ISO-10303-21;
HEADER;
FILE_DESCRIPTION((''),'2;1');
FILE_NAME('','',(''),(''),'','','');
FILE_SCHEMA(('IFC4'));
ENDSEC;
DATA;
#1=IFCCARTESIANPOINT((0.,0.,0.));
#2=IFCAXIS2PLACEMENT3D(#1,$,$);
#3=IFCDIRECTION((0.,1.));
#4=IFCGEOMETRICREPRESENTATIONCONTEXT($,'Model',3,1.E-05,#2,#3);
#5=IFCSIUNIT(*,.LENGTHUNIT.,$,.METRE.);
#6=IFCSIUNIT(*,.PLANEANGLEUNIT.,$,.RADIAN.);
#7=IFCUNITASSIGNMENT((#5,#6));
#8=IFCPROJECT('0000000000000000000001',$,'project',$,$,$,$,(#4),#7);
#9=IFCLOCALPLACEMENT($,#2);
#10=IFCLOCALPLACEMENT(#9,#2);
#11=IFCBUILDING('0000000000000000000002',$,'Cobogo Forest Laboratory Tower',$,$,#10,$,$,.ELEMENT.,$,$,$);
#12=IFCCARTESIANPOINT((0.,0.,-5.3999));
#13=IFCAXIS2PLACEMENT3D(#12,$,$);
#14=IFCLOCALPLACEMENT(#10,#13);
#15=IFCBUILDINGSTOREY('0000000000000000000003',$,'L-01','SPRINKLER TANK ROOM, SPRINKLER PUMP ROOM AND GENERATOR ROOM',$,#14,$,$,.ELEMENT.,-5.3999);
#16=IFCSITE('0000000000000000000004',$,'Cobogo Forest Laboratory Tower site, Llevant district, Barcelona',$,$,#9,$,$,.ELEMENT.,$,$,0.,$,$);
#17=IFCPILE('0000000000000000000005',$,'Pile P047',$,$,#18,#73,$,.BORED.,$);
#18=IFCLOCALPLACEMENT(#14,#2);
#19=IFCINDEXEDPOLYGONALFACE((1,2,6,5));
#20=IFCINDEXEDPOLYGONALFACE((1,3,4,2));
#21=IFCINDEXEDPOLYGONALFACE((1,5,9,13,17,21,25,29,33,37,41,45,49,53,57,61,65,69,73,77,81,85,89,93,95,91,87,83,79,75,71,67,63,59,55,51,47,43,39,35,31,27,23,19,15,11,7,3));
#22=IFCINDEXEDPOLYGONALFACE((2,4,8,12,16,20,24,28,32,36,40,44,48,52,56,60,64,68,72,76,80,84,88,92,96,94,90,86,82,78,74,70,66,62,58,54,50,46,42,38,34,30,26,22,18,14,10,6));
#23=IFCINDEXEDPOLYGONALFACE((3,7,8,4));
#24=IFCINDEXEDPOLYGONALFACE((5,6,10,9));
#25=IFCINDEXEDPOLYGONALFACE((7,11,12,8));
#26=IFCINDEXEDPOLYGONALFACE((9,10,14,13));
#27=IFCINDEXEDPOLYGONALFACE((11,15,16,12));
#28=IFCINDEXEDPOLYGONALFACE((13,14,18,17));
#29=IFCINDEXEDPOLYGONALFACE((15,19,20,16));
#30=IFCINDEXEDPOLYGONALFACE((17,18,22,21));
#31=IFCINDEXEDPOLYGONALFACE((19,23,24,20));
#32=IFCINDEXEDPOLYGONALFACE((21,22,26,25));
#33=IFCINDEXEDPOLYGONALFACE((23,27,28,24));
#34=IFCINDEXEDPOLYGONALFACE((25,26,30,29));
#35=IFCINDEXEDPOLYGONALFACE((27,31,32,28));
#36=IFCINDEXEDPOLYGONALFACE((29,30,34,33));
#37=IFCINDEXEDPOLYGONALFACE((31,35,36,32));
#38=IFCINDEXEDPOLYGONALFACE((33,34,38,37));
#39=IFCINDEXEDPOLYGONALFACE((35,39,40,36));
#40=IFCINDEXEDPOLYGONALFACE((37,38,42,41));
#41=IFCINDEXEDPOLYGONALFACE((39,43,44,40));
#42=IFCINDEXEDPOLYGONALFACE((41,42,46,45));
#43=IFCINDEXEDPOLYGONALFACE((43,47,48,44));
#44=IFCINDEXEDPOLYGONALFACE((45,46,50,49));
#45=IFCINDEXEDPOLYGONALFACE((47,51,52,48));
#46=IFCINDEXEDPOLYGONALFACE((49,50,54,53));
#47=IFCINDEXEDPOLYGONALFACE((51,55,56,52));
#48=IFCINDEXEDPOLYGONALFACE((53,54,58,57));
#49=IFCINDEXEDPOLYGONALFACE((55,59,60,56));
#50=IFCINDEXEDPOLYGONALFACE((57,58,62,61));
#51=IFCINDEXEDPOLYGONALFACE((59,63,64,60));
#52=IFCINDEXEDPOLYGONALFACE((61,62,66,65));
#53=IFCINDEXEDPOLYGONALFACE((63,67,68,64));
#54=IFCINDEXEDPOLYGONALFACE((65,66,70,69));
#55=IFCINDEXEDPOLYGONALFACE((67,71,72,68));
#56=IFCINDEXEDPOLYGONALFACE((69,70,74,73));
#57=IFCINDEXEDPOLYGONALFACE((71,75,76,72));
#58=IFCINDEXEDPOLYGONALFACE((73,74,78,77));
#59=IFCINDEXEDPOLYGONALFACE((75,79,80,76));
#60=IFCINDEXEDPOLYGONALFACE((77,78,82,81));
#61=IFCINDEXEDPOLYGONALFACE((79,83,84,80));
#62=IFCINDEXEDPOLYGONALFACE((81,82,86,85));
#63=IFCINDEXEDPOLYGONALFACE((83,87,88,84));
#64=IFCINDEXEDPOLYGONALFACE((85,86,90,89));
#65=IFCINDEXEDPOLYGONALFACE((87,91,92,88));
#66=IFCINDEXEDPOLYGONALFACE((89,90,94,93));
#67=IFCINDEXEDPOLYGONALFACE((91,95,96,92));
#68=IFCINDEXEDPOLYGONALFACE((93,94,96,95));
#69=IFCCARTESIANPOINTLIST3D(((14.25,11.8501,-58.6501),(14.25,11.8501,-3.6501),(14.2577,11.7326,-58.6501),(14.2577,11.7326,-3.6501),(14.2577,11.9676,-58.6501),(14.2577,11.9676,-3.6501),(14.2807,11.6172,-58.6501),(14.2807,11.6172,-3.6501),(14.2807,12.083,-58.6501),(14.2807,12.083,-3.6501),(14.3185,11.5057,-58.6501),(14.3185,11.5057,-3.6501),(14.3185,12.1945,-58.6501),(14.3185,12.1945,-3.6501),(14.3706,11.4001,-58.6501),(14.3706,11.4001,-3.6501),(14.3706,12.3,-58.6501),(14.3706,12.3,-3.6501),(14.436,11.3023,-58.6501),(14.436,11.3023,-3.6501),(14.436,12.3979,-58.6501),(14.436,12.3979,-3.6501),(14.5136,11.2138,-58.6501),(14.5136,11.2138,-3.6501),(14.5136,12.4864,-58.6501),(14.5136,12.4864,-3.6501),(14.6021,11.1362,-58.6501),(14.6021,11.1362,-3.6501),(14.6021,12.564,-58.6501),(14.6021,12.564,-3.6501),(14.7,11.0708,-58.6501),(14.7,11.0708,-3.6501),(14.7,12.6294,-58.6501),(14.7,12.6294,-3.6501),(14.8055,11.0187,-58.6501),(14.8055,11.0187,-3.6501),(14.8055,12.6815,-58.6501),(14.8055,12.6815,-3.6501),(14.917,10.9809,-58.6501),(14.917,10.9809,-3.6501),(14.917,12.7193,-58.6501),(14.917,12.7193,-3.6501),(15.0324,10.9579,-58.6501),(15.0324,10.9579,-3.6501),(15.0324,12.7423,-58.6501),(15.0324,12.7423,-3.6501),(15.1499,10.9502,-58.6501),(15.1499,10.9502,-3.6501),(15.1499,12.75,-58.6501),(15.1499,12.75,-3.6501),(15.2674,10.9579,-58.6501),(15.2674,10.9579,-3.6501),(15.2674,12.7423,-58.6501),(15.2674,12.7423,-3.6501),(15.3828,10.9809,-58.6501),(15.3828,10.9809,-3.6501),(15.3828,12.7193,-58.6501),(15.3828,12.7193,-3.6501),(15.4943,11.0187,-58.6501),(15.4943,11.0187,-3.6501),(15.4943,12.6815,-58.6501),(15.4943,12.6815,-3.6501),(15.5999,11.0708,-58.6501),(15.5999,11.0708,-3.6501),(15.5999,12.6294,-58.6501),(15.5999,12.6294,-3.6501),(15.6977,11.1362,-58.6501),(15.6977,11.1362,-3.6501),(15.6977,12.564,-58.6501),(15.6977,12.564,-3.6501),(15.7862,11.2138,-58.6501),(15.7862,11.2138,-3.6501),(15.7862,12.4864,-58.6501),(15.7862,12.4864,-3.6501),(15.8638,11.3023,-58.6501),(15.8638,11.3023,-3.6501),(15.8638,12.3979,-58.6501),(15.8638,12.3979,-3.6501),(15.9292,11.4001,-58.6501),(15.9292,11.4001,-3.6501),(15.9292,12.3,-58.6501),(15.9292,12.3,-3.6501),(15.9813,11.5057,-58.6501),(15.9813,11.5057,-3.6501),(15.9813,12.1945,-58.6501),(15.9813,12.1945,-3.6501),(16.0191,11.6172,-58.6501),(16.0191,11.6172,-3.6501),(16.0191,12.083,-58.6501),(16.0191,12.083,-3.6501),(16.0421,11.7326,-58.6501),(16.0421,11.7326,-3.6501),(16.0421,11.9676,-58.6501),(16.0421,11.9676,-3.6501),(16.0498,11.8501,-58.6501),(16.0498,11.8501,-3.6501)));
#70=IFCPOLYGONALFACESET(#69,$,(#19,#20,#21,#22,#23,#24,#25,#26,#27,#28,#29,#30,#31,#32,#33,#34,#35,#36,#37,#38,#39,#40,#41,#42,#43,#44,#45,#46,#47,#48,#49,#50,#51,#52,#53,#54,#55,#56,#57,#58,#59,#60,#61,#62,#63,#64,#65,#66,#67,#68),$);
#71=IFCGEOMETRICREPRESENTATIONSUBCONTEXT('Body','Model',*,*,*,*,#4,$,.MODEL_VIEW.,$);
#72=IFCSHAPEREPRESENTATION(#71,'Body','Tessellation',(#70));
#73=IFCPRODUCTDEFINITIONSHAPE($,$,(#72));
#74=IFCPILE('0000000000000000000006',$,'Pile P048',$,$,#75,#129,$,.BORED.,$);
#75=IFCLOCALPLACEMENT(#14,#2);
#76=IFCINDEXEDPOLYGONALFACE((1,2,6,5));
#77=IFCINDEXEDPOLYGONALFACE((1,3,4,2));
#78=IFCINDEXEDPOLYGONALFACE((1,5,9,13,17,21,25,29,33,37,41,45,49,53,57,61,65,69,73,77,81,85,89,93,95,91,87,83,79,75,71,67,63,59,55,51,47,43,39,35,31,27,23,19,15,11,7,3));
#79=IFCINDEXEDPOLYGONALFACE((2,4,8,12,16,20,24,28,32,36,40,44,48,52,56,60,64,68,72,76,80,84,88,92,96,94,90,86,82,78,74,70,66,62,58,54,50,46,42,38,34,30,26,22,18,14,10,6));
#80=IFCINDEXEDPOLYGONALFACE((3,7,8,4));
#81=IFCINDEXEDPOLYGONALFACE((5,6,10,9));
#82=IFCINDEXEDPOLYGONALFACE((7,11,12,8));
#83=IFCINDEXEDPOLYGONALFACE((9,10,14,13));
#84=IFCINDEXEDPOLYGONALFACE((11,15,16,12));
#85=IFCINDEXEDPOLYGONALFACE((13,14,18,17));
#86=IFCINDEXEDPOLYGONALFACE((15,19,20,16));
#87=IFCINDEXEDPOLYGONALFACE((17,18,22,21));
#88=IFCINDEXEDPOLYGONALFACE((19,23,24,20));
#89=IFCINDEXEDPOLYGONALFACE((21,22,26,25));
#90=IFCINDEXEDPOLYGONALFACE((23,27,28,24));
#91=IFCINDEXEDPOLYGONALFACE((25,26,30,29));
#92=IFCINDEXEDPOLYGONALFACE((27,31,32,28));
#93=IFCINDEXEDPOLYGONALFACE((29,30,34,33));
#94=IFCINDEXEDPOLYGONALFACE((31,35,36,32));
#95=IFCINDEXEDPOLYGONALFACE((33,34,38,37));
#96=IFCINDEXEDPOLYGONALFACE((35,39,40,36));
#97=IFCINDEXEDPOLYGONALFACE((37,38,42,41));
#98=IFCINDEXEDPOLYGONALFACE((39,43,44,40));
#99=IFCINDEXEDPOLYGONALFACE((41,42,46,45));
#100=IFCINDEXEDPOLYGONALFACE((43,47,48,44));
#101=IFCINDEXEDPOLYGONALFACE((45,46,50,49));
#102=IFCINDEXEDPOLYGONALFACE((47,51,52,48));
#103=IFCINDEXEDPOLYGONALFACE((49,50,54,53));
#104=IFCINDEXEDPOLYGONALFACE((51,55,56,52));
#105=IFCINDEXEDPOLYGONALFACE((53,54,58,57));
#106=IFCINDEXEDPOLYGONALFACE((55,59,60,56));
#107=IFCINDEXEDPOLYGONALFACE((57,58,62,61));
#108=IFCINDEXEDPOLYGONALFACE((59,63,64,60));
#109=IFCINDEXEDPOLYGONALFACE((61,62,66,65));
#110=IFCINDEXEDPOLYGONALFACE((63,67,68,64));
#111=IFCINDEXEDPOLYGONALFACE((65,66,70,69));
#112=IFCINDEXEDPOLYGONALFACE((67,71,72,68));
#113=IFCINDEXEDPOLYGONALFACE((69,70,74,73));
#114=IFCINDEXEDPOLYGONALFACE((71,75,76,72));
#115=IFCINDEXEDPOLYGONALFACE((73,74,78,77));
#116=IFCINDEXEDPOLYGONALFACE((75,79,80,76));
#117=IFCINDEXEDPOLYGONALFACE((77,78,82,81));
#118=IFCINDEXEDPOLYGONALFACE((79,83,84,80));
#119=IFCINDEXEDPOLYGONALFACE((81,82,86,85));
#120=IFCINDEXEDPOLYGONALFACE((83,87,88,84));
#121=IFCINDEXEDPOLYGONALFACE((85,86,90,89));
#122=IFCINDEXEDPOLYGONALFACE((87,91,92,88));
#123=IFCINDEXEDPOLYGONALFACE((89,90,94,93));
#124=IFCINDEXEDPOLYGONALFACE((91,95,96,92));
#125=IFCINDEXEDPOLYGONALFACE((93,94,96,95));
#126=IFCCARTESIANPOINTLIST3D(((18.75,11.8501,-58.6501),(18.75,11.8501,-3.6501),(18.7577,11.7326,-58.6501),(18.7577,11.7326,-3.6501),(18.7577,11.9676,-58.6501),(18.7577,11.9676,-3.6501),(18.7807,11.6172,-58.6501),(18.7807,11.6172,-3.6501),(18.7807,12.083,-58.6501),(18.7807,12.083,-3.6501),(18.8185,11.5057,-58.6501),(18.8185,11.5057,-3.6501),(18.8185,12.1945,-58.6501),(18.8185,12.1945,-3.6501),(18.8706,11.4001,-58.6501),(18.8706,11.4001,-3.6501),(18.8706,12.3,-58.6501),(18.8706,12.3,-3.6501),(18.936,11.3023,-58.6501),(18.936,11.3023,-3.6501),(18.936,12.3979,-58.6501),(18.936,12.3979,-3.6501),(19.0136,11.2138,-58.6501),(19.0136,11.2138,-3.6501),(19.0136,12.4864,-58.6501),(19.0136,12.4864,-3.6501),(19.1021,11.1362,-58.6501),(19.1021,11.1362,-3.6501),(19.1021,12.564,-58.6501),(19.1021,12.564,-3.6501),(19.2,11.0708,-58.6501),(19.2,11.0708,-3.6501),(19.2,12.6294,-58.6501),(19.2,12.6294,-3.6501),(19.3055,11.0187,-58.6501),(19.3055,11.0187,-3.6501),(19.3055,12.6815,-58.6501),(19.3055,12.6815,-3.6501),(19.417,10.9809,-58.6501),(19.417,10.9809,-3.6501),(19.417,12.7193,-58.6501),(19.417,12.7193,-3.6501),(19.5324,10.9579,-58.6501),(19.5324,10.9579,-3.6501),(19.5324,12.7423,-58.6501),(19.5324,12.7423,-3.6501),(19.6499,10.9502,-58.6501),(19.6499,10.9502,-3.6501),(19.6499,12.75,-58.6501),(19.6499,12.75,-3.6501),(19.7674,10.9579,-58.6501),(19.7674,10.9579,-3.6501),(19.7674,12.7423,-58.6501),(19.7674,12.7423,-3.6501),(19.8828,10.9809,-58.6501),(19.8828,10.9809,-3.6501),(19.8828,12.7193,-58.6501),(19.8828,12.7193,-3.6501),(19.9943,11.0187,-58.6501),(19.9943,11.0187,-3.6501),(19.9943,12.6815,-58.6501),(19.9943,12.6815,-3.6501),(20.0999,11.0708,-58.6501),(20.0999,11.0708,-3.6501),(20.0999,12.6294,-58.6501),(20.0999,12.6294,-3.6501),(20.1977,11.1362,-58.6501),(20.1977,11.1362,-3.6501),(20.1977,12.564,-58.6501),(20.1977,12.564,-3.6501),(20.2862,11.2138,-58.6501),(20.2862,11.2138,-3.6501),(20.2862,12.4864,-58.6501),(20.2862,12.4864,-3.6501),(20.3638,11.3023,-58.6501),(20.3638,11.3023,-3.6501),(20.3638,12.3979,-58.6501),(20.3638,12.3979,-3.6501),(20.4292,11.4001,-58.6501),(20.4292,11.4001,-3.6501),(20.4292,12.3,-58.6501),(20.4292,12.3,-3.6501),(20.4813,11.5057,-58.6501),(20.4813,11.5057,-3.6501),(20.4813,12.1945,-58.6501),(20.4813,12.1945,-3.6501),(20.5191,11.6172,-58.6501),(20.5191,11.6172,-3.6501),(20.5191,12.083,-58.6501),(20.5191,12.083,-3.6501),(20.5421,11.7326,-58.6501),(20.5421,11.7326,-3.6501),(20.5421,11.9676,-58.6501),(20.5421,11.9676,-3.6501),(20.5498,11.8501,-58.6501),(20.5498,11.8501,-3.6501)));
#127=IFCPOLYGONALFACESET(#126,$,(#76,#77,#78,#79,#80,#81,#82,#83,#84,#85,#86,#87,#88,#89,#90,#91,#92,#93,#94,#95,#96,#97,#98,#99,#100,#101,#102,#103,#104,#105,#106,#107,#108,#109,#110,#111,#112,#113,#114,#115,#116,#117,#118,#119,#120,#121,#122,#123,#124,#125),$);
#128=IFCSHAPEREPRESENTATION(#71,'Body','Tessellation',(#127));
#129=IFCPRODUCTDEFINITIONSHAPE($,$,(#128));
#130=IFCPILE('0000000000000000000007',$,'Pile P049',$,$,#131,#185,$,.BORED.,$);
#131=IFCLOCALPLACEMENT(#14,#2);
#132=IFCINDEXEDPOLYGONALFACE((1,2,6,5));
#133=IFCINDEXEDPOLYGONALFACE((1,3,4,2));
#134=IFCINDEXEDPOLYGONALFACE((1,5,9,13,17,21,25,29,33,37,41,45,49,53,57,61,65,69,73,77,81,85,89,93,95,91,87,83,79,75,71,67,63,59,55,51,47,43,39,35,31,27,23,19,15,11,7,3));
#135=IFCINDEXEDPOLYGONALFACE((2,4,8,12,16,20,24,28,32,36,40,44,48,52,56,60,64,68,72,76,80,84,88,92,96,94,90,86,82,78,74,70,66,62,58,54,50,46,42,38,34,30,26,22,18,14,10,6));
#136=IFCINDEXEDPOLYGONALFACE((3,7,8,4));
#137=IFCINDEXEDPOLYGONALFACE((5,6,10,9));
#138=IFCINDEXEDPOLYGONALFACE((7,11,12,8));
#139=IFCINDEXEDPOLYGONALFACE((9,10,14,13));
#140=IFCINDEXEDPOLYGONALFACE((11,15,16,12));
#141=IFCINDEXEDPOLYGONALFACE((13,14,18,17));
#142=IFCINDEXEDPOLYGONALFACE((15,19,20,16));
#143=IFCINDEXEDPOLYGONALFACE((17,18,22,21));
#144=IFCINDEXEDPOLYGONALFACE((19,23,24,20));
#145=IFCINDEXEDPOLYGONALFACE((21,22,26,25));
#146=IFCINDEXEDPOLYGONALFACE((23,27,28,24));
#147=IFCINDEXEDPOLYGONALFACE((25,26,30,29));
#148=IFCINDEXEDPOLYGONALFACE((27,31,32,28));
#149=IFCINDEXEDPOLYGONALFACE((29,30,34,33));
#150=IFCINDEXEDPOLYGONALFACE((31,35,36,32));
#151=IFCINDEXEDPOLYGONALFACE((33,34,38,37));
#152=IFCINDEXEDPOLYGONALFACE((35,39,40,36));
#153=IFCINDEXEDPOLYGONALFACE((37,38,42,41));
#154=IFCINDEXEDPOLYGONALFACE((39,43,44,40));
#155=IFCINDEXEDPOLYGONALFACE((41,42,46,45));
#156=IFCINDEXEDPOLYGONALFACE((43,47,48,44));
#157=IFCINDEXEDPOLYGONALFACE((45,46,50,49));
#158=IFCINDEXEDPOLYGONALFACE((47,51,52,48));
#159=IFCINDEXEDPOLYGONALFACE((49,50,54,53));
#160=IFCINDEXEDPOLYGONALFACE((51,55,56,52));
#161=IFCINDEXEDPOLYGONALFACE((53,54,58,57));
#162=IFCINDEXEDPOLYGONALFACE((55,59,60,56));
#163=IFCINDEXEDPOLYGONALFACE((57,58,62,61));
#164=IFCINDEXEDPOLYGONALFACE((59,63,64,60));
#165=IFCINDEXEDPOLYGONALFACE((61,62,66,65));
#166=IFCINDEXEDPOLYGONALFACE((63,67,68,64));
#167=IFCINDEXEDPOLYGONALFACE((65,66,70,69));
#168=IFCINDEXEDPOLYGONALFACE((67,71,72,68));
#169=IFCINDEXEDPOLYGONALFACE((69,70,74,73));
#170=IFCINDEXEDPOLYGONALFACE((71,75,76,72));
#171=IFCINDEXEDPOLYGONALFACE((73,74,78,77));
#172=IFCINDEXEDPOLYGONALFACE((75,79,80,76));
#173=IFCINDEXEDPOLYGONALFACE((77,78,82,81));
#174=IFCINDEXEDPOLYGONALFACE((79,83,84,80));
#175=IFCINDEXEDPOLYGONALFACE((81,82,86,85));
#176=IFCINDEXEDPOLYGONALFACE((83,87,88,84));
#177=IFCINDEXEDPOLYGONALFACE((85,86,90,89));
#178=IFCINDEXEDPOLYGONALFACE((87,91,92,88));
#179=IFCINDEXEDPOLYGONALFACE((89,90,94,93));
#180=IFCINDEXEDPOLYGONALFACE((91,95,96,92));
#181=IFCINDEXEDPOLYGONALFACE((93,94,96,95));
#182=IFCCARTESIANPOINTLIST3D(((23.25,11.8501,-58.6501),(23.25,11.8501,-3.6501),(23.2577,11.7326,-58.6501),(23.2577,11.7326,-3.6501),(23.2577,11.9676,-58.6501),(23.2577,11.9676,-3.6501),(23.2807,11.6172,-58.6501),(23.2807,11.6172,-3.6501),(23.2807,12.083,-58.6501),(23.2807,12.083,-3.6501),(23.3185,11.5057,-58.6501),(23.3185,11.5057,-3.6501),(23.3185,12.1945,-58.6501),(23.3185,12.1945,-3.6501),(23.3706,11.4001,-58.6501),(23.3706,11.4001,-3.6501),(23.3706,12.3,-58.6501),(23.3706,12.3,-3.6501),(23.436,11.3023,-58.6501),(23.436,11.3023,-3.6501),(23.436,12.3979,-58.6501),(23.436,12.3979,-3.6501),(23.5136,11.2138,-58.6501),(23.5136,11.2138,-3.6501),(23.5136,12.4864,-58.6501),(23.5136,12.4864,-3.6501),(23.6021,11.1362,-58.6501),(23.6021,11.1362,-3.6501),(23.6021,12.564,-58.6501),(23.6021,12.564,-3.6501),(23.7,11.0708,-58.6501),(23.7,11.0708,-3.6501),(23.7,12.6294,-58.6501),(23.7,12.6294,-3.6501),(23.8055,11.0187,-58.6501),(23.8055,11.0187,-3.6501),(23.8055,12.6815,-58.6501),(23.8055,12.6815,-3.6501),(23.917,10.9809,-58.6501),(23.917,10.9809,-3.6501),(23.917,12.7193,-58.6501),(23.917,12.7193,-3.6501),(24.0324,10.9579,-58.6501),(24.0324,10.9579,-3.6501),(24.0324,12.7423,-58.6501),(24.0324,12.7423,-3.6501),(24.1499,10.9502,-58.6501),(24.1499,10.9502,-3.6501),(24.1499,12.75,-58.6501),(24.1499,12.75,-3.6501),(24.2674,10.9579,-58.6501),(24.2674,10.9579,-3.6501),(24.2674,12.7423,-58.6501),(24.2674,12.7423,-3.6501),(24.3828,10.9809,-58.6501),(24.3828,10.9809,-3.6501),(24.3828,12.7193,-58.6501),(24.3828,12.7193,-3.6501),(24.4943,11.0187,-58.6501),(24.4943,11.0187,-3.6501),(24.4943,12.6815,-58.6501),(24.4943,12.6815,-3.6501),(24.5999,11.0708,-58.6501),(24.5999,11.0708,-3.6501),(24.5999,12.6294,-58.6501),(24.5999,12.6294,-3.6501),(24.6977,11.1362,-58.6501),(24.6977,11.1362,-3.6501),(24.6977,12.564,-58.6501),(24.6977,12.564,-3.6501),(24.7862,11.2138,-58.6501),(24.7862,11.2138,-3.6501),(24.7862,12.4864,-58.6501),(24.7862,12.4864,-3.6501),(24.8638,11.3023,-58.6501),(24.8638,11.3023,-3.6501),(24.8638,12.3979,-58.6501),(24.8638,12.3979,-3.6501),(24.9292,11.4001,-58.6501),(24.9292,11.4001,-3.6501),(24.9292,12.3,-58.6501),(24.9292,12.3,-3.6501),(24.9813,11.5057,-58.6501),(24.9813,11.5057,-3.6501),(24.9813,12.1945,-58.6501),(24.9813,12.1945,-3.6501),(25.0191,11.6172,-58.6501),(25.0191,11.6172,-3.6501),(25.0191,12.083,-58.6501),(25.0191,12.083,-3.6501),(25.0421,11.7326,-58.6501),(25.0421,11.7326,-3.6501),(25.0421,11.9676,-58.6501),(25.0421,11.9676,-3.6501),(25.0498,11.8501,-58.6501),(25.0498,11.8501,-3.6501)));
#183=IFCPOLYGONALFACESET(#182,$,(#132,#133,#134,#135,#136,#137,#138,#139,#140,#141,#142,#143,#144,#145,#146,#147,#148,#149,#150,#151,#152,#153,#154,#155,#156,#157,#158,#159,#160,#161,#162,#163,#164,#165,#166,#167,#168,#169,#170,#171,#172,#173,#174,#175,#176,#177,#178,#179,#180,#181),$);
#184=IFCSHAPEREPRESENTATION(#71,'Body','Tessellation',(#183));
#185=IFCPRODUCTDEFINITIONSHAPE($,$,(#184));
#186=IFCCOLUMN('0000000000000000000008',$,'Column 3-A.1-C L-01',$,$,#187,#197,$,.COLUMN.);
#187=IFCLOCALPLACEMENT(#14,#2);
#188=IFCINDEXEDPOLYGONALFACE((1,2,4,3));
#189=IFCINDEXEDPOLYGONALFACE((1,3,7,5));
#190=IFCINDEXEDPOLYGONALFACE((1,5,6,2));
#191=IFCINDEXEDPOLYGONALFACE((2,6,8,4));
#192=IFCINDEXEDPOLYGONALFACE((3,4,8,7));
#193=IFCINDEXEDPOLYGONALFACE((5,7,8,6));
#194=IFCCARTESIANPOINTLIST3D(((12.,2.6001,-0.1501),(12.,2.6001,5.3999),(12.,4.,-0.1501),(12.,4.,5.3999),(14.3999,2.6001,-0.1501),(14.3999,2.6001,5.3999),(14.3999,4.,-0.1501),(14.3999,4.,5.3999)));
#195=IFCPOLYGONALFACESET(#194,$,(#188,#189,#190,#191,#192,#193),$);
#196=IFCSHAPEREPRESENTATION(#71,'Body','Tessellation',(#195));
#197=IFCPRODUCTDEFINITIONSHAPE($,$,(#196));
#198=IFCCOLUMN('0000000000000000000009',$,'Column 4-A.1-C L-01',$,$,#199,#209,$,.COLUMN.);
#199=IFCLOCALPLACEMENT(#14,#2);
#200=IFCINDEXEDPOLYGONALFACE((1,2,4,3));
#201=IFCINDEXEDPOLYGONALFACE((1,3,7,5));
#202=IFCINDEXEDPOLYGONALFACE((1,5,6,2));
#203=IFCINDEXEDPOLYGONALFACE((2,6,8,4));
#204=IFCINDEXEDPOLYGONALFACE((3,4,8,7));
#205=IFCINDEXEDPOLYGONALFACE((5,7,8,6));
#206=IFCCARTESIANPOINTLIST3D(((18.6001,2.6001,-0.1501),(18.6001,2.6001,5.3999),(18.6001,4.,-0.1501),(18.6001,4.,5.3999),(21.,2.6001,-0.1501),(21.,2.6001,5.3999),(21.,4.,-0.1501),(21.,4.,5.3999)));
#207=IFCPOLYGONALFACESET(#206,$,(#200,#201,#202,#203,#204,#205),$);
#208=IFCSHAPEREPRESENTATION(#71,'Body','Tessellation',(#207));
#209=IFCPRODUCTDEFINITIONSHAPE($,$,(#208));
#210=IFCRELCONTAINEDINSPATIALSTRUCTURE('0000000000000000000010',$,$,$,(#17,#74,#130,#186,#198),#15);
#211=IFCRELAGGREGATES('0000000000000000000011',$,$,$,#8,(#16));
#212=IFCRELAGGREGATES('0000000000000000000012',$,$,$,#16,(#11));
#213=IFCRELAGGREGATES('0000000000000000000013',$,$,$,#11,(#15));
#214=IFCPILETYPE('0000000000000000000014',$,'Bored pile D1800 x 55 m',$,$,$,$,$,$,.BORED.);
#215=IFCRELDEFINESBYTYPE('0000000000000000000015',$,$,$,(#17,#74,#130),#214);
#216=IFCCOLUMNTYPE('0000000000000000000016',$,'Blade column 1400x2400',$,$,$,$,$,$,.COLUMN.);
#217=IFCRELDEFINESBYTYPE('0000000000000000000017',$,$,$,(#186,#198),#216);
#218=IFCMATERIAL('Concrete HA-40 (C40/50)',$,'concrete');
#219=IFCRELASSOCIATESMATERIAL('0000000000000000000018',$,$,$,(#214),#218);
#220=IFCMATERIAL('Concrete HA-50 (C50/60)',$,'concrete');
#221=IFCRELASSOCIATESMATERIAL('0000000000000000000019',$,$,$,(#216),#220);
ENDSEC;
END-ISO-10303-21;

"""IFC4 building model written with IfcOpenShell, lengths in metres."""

from ifc_helpers import new_model, si_unit, direction, frame, origin, origin_2d, place, context, subcontext, project, spatial, rectangle, circle, extrude, material, material_profile, profile_set, type_object, element, save


model = new_model("IFC4")

# Units and contexts
model_context = context("Model", 3, precision=1e-05, world=origin(), true_north=direction((0.0, 1.0)))
body_context = subcontext(model_context, "Body", "Model", "MODEL_VIEW")
ifc_project = project(units=[si_unit("LENGTHUNIT", "METRE"), si_unit("PLANEANGLEUNIT", "RADIAN")], contexts=[model_context])

# Site, building, storey
site_placement = place(None, origin())
site = spatial("IfcSite", under=ifc_project, at=site_placement, Name="Cobogo Forest Laboratory Tower site, Llevant district, Barcelona", CompositionType="ELEMENT", RefElevation=0.0)
building_placement = place(site_placement, origin())
building = spatial("IfcBuilding", under=site, at=building_placement, Name="Cobogo Forest Laboratory Tower", CompositionType="ELEMENT")
storey_placement = place(building_placement, frame((0.0, 0.0, -5.3999)))
storey = spatial("IfcBuildingStorey", under=building, at=storey_placement, Name="L-01", Description="SPRINKLER TANK ROOM, SPRINKLER PUMP ROOM AND GENERATOR ROOM", CompositionType="ELEMENT", Elevation=-5.3999)

# Piles
ifc_material_1 = material(Name="Concrete HA-40 (C40/50)", Category="concrete")
ifc_material_profile_1 = material_profile(ifc_material_1, circle(Radius=0.8999, at=origin_2d()), Name="PILE D1800")
ifc_profile_set_1 = profile_set([ifc_material_profile_1], Name="Concrete HA-40 (C40/50)")
pile_type = type_object("IfcPileType", Name="Bored pile D1800 x 55 m", PredefinedType="BORED", material=ifc_profile_set_1)
for number, where, z_axis, x_axis, name in (
    (1, (15.1499, 11.8501, -3.6501), (0.0, 0.0, -1.0), (1.0, 0.0, 0.0), "Pile P047"),
    (2, (19.6499, 11.8501, -3.6501), (0.0, 0.0, -1.0), (1.0, 0.0, 0.0), "Pile P048"),
    (3, (24.1499, 11.8501, -3.6501), (0.0, 0.0, -1.0), (1.0, 0.0, 0.0), "Pile P049"),
):
    element("IfcPile", number, at=place(storey_placement, frame(where, z_axis=z_axis, x_axis=x_axis)), inside=storey, type_object=pile_type, Name=name, PredefinedType="BORED", context=body_context, shape_type="SweptSolid", body=[
        extrude(circle(Radius=0.8999, at=origin_2d()), origin(), (0.0, 0.0, 1.0), 55.0),
    ])

# Columns
ifc_material_2 = material(Name="Concrete HA-50 (C50/60)", Category="concrete")
ifc_material_profile_2 = material_profile(ifc_material_2, rectangle(XDim=2.3999, YDim=1.3999, at=origin_2d()), Name="RC 1400x2400")
ifc_profile_set_2 = profile_set([ifc_material_profile_2], Name="Concrete HA-50 (C50/60)")
column_type = type_object("IfcColumnType", Name="Blade column 1400x2400", PredefinedType="COLUMN", material=ifc_profile_set_2)
for number, where, z_axis, x_axis, name in (
    (4, (13.2, 3.3, -0.1501), (0.0, 0.0, 1.0), (1.0, 0.0, 0.0), "Column 3-A.1-C L-01"),
    (5, (19.8, 3.3, -0.1501), (0.0, 0.0, 1.0), (1.0, 0.0, 0.0), "Column 4-A.1-C L-01"),
):
    element("IfcColumn", number, at=place(storey_placement, frame(where, z_axis=z_axis, x_axis=x_axis)), inside=storey, type_object=column_type, Name=name, PredefinedType="COLUMN", context=body_context, shape_type="SweptSolid", body=[
        extrude(rectangle(XDim=2.3999, YDim=1.3999, at=origin_2d()), origin(), (0.0, 0.0, 1.0), 5.55),
    ])

save(model, "model.ifc")
